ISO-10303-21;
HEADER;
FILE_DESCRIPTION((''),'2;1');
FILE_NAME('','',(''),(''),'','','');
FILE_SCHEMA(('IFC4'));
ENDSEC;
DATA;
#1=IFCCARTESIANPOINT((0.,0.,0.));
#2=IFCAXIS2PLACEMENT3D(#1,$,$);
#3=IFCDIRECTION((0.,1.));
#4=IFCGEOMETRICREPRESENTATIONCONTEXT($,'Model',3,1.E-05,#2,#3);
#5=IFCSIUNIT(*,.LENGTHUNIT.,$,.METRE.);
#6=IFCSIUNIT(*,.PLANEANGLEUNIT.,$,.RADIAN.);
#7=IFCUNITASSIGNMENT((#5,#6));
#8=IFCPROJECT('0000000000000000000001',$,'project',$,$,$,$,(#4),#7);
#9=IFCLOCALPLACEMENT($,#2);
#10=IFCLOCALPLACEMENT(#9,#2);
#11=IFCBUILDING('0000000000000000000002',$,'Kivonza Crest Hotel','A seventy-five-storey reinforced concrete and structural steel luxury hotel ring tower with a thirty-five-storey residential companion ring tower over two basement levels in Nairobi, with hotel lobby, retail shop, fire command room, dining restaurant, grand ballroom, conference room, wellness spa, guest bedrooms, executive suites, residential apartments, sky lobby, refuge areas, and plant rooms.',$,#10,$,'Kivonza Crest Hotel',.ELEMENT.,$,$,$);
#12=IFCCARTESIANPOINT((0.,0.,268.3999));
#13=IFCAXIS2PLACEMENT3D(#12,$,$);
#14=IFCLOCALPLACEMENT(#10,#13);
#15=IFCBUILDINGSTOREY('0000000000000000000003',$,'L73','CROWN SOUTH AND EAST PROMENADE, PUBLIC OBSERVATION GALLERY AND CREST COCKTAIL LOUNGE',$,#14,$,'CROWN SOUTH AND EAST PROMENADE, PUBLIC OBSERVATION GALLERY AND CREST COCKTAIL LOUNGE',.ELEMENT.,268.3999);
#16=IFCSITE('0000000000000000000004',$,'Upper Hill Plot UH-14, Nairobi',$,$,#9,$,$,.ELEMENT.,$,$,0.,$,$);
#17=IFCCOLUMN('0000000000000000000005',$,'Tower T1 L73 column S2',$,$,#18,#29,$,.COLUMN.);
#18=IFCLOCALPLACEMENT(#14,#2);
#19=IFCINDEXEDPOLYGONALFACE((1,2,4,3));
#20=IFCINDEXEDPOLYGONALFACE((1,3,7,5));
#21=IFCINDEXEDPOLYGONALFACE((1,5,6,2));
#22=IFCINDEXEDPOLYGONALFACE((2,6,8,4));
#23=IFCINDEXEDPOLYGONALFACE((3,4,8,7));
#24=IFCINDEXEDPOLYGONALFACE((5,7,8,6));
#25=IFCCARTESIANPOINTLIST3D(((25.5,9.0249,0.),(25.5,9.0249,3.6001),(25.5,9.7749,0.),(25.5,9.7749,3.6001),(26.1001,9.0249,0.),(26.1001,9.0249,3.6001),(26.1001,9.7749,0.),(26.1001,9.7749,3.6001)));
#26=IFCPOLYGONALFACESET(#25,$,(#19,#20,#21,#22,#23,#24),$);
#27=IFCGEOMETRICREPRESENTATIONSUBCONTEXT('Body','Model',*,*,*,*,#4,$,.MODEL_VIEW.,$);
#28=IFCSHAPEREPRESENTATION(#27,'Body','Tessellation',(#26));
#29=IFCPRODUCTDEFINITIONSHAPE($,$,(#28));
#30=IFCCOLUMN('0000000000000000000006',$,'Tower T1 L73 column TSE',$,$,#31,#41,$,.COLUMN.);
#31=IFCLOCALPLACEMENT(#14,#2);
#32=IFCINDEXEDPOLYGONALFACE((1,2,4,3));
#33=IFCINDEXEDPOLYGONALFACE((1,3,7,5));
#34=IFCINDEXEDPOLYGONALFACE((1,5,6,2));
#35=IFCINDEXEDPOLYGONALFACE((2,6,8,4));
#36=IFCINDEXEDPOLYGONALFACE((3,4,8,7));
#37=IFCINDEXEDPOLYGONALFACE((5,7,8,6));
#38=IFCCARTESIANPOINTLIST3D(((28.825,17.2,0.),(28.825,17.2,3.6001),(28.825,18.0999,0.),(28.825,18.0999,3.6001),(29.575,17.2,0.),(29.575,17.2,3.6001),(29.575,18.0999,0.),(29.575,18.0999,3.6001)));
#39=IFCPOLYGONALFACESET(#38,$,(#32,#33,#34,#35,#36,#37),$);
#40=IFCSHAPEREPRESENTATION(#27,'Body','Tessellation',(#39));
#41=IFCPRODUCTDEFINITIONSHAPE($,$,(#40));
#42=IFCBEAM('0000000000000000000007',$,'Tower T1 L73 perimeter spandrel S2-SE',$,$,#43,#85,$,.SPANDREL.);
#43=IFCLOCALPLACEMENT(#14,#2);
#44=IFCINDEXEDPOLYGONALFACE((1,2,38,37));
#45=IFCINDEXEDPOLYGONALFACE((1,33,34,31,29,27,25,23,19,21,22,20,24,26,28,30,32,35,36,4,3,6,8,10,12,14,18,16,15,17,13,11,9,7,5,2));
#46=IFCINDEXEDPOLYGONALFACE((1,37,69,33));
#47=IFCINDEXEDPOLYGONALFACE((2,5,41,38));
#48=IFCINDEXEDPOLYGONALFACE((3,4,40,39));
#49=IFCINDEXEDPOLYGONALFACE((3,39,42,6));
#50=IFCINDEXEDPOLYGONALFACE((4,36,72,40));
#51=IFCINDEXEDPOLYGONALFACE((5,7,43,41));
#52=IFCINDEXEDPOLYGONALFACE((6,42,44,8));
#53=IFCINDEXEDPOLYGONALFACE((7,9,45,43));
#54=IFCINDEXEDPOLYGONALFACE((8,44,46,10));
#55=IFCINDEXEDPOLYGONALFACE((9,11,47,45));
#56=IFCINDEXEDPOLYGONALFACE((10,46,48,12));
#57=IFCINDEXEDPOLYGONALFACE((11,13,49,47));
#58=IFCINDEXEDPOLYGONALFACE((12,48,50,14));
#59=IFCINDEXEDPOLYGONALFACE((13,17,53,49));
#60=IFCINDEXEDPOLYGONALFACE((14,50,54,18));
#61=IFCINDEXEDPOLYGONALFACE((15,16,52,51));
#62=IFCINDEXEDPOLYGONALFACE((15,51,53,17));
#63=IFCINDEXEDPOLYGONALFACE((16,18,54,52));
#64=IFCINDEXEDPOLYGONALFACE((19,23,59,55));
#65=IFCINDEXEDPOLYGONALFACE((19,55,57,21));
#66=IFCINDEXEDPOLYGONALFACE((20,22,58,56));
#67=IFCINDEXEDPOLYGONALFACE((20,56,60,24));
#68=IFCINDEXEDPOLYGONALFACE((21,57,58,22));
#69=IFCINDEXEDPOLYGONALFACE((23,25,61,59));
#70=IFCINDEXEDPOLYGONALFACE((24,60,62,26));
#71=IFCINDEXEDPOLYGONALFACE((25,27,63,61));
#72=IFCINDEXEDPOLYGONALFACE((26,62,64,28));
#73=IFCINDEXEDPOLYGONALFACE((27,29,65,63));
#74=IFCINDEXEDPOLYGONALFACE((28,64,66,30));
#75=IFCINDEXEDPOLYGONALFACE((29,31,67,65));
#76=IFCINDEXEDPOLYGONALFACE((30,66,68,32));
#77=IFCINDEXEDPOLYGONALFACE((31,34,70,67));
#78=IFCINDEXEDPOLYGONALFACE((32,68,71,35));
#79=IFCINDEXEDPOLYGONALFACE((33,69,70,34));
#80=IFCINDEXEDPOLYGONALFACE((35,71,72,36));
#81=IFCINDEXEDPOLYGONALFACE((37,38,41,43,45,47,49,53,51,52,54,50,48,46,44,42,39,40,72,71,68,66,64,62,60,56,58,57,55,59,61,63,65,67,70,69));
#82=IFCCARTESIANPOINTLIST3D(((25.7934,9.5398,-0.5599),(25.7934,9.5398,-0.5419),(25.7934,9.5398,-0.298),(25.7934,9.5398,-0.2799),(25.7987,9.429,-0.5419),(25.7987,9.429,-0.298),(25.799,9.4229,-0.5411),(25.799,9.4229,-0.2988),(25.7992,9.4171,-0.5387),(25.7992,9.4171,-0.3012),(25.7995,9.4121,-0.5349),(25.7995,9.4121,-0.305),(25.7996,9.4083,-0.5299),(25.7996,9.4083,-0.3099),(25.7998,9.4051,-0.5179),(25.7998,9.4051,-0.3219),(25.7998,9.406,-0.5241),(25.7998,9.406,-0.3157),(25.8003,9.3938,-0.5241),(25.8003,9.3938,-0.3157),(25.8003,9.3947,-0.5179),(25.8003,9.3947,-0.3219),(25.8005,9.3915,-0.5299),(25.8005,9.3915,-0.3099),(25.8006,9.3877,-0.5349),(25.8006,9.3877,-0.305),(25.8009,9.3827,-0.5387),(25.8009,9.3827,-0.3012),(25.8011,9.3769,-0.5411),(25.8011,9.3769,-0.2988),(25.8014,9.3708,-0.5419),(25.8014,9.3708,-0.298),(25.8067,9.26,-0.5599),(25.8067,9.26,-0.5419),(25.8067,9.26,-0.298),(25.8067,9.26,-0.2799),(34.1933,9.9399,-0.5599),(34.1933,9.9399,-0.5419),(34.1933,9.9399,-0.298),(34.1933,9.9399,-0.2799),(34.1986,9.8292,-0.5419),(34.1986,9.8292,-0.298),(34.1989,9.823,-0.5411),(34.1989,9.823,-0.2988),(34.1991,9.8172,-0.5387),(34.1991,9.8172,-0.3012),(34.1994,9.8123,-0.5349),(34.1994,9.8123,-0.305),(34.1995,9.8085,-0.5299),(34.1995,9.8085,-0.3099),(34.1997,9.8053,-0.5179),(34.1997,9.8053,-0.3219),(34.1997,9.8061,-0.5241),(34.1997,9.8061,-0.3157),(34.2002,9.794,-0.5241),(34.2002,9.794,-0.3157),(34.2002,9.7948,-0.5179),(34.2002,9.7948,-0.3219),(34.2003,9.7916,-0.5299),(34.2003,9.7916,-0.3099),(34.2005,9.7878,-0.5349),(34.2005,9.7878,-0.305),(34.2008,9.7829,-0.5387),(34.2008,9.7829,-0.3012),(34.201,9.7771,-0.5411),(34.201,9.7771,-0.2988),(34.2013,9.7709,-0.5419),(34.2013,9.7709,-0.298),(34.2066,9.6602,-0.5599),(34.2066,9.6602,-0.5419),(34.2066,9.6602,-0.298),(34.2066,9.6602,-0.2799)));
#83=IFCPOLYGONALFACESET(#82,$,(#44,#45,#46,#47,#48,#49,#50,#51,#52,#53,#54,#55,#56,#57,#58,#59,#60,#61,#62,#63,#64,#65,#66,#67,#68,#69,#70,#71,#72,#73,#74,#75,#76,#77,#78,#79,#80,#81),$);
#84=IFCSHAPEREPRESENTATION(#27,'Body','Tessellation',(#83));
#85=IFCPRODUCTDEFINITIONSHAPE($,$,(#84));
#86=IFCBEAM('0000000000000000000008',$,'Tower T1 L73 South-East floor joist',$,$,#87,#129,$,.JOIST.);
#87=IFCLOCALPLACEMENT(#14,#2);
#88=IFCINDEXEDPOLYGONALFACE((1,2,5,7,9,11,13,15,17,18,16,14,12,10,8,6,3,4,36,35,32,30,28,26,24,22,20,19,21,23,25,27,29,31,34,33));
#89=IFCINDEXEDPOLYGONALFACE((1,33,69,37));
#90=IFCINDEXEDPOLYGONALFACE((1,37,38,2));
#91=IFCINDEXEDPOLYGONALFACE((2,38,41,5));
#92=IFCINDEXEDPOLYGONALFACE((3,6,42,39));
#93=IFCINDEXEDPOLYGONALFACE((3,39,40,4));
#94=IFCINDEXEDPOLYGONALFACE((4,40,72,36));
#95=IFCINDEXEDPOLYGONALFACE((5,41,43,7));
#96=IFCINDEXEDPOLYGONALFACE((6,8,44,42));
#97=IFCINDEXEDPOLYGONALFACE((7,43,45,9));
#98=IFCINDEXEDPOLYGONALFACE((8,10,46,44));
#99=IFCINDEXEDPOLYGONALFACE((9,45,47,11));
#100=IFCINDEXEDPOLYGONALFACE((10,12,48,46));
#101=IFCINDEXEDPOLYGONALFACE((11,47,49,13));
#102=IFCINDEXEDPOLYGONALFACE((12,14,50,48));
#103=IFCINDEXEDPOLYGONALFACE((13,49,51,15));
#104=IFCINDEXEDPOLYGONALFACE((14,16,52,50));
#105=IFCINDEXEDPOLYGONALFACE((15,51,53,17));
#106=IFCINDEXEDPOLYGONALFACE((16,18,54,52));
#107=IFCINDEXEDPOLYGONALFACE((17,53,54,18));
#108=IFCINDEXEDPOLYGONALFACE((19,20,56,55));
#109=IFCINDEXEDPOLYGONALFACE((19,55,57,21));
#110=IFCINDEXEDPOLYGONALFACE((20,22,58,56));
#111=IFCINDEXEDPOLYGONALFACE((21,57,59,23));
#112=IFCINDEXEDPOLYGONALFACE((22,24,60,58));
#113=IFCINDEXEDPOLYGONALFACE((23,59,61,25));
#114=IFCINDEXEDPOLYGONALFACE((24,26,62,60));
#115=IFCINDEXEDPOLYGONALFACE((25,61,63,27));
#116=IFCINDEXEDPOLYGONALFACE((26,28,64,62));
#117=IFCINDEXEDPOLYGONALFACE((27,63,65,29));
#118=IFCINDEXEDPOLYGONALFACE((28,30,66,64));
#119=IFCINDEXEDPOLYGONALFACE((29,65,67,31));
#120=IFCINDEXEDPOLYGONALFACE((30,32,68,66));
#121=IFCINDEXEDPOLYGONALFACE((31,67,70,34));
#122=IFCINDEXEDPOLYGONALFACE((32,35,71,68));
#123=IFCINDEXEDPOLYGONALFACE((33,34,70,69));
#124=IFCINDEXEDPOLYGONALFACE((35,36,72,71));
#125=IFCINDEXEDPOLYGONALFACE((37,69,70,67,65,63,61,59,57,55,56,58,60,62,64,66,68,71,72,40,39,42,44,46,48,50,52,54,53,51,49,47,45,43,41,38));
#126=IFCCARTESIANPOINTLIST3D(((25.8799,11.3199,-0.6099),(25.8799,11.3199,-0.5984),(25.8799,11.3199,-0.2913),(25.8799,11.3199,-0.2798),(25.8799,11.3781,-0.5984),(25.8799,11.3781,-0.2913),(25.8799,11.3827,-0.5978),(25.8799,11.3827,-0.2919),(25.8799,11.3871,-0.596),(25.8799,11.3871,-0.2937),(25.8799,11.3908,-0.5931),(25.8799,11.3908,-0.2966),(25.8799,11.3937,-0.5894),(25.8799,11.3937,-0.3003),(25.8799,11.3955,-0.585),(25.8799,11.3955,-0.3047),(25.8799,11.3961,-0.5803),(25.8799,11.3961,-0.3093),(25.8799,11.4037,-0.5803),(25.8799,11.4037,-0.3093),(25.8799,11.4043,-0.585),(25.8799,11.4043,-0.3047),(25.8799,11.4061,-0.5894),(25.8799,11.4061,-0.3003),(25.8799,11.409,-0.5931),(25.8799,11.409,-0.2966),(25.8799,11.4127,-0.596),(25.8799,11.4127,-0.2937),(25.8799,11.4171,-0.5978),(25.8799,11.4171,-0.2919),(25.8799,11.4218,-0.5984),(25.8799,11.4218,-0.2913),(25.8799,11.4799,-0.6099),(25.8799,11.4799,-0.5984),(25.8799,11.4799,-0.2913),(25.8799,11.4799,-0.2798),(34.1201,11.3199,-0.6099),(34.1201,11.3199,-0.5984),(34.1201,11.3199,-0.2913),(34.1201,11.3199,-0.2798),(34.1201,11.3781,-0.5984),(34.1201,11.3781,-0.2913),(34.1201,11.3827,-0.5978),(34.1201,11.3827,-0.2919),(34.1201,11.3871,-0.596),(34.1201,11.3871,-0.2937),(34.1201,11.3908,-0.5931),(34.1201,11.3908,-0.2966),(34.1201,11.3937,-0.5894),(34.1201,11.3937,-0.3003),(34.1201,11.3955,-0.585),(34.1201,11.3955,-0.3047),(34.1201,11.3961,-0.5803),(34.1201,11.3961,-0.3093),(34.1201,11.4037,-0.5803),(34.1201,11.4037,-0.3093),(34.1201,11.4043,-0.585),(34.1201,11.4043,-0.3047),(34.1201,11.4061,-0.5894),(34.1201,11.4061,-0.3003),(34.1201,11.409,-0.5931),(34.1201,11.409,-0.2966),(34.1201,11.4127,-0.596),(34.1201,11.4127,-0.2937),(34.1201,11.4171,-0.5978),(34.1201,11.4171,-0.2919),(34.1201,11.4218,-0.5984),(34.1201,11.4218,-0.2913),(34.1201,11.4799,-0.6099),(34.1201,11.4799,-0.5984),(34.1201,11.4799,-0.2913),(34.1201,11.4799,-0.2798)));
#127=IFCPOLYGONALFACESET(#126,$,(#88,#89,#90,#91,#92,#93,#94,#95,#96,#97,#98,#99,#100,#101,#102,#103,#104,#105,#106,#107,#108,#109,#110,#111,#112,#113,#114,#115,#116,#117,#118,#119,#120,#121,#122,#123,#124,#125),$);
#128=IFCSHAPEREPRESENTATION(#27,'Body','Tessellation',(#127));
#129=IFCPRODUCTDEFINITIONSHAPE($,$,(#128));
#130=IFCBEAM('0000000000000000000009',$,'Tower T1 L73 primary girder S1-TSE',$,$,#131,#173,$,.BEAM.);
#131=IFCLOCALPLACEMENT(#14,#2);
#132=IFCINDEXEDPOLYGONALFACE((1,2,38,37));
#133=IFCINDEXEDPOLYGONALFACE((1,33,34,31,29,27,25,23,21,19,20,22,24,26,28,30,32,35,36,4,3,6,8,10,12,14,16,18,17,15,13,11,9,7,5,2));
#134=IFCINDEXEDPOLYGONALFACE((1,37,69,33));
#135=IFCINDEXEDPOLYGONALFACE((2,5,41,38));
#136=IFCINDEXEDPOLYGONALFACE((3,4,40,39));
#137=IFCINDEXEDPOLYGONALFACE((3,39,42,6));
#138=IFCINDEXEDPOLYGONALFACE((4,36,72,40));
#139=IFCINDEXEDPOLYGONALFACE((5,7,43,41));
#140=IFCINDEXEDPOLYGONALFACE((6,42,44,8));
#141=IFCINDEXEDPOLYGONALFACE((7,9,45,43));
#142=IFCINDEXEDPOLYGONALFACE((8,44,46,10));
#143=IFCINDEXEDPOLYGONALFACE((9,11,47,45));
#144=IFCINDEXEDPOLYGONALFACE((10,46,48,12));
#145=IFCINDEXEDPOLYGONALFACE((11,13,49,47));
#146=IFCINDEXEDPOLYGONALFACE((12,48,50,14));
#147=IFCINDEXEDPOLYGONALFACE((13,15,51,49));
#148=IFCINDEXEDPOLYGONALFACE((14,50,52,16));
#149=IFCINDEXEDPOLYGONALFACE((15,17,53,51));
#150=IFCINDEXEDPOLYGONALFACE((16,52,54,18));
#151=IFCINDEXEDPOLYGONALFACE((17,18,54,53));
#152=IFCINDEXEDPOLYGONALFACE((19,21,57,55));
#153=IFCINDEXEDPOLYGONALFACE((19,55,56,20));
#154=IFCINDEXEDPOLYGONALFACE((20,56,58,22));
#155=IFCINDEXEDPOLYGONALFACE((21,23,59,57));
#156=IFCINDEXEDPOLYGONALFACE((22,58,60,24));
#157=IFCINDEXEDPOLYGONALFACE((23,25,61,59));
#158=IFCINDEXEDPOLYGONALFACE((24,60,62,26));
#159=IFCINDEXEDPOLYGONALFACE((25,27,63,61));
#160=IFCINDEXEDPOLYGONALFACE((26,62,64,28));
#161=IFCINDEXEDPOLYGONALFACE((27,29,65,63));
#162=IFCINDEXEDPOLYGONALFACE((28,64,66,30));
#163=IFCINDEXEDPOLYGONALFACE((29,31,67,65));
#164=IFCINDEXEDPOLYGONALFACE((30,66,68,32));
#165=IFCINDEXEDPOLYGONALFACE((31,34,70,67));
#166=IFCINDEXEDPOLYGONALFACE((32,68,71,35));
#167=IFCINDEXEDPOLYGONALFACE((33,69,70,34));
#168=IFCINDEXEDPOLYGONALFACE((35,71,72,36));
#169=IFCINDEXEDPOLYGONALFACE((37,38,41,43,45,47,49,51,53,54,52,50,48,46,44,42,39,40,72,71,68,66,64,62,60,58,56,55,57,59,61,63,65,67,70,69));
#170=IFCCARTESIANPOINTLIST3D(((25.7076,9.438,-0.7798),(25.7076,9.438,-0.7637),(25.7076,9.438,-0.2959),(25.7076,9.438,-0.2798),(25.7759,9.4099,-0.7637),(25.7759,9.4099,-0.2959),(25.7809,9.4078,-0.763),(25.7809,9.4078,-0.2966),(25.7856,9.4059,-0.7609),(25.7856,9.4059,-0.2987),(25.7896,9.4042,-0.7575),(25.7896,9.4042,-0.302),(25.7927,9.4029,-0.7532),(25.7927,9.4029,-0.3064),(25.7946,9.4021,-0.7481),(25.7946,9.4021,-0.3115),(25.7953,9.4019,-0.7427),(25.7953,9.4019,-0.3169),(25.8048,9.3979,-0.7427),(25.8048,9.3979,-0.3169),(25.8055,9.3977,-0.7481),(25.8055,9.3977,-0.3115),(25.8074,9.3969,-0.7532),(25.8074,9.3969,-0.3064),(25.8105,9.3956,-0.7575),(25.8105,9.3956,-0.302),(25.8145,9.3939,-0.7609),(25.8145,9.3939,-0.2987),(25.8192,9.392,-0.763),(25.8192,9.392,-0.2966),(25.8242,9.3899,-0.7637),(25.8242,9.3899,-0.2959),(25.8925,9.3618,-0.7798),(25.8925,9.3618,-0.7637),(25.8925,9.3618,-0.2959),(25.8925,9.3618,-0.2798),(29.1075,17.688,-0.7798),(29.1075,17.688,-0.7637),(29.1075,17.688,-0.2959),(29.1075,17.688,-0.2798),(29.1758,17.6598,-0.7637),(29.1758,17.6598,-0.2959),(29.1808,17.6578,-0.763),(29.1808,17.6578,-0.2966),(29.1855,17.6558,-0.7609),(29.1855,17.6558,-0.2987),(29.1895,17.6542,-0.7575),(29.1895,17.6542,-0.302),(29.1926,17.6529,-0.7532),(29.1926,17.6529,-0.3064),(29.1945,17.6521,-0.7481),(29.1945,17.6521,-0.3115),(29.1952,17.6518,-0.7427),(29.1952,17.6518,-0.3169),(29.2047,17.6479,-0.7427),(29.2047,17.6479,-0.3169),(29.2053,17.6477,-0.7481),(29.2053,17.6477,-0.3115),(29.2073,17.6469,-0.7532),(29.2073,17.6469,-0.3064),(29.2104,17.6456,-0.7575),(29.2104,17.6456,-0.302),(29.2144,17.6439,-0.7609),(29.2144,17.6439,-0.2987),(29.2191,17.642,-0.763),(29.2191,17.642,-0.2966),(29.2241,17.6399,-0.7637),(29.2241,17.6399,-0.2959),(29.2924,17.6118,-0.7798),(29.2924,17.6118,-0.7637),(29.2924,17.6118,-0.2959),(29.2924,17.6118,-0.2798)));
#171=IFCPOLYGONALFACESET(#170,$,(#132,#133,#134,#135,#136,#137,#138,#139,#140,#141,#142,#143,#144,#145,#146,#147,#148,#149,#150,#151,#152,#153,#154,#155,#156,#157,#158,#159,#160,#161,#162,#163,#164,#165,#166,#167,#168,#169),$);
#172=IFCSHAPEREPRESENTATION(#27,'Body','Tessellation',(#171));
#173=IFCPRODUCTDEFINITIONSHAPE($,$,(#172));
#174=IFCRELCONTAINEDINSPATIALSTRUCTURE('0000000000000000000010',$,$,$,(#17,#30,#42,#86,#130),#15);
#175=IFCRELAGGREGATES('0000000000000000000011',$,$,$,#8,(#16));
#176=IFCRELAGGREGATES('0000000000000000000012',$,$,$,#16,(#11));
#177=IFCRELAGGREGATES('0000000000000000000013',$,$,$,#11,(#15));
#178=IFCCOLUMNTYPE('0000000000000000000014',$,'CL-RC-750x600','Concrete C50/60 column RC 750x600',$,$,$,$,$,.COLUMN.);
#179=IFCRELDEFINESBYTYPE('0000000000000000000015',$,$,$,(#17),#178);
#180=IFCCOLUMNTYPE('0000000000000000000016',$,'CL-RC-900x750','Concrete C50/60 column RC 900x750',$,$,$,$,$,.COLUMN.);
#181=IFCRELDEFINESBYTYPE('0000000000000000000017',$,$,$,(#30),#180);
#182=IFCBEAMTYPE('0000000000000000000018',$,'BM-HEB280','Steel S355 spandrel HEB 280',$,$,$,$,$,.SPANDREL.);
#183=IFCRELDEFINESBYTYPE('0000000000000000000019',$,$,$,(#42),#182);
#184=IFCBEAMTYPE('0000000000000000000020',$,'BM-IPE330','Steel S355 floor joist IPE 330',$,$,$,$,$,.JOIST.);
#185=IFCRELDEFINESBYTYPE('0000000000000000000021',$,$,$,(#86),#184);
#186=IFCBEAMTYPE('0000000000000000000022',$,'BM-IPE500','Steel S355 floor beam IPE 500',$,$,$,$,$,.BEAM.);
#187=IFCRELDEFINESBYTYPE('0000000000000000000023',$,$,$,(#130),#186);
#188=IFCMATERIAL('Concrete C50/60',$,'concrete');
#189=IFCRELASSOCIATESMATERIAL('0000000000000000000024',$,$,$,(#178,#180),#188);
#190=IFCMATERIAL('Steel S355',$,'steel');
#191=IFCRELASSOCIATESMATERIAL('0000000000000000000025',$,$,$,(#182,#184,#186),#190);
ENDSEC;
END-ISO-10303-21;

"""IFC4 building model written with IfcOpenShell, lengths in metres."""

from ifc_helpers import new_model, si_unit, direction, frame, origin, origin_2d, place, context, subcontext, project, spatial, rectangle, i_section, extrude, material, material_profile, profile_set, type_object, element, save


model = new_model("IFC4")

# Units and contexts
model_context = context("Model", 3, precision=1e-05, world=origin(), true_north=direction((0.0, 1.0)))
body_context = subcontext(model_context, "Body", "Model", "MODEL_VIEW")
ifc_project = project(units=[si_unit("LENGTHUNIT", "METRE"), si_unit("PLANEANGLEUNIT", "RADIAN")], contexts=[model_context])

# Site, building, storey
site_placement = place(None, origin())
site = spatial("IfcSite", under=ifc_project, at=site_placement, Name="Upper Hill Plot UH-14, Nairobi", CompositionType="ELEMENT", RefElevation=0.0)
building_placement = place(site_placement, origin())
building = spatial("IfcBuilding", under=site, at=building_placement, Name="Kivonza Crest Hotel", Description="A seventy-five-storey reinforced concrete and structural steel luxury hotel ring tower with a thirty-five-storey residential companion ring tower over two basement levels in Nairobi, with hotel lobby, retail shop, fire command room, dining restaurant, grand ballroom, conference room, wellness spa, guest bedrooms, executive suites, residential apartments, sky lobby, refuge areas, and plant rooms.", LongName="Kivonza Crest Hotel", CompositionType="ELEMENT")
storey_placement = place(building_placement, frame((0.0, 0.0, 268.3999)))
storey = spatial("IfcBuildingStorey", under=building, at=storey_placement, Name="L73", Description="CROWN SOUTH AND EAST PROMENADE, PUBLIC OBSERVATION GALLERY AND CREST COCKTAIL LOUNGE", LongName="CROWN SOUTH AND EAST PROMENADE, PUBLIC OBSERVATION GALLERY AND CREST COCKTAIL LOUNGE", CompositionType="ELEMENT", Elevation=268.3999)

# Columns
ifc_material_1 = material(Name="Concrete C50/60", Category="concrete")
ifc_material_profile_1 = material_profile(ifc_material_1, rectangle(XDim=0.6001, YDim=0.75, at=origin_2d()), Name="RC 750x600")
ifc_profile_set_1 = profile_set([ifc_material_profile_1], Name="Concrete C50/60")
column_type_1 = type_object("IfcColumnType", Name="CL-RC-750x600", Description="Concrete C50/60 column RC 750x600", PredefinedType="COLUMN", material=ifc_profile_set_1)
column_1_placement = place(storey_placement, frame((25.8, 9.3999, 0.0), z_axis=(0.0, 0.0, 1.0), x_axis=(1.0, 0.0, 0.0)))
element("IfcColumn", 1, at=column_1_placement, inside=storey, type_object=column_type_1, Name="Tower T1 L73 column S2", PredefinedType="COLUMN", context=body_context, shape_type="SweptSolid", body=[
    extrude(rectangle(XDim=0.6001, YDim=0.75, at=origin_2d()), origin(), (0.0, 0.0, 1.0), 3.6001),
])
ifc_material_profile_2 = material_profile(ifc_material_1, rectangle(XDim=0.75, YDim=0.8999, at=origin_2d()), Name="RC 900x750")
ifc_profile_set_2 = profile_set([ifc_material_profile_2], Name="Concrete C50/60")
column_type_2 = type_object("IfcColumnType", Name="CL-RC-900x750", Description="Concrete C50/60 column RC 900x750", PredefinedType="COLUMN", material=ifc_profile_set_2)
column_2_placement = place(storey_placement, frame((29.2, 17.6499, 0.0), z_axis=(0.0, 0.0, 1.0), x_axis=(1.0, 0.0, 0.0)))
element("IfcColumn", 2, at=column_2_placement, inside=storey, type_object=column_type_2, Name="Tower T1 L73 column TSE", PredefinedType="COLUMN", context=body_context, shape_type="SweptSolid", body=[
    extrude(rectangle(XDim=0.75, YDim=0.8999, at=origin_2d()), origin(), (0.0, 0.0, 1.0), 3.6001),
])

# Beams
ifc_material_2 = material(Name="Steel S355", Category="steel")
ifc_material_profile_3 = material_profile(ifc_material_2, i_section(OverallWidth=0.28, OverallDepth=0.28, WebThickness=0.0105, FlangeThickness=0.0181, FilletRadius=0.0239, at=origin_2d()), Name="HEB 280")
ifc_profile_set_3 = profile_set([ifc_material_profile_3], Name="Steel S355")
beam_type_1 = type_object("IfcBeamType", Name="BM-HEB280", Description="Steel S355 spandrel HEB 280", PredefinedType="SPANDREL", material=ifc_profile_set_3)
beam_1_placement = place(storey_placement, frame((25.8, 9.3999, -0.4199), z_axis=(0.998867, 0.047583, 0.0), x_axis=(-0.047583, 0.998867, 0.0)))
element("IfcBeam", 3, at=beam_1_placement, inside=storey, type_object=beam_type_1, Name="Tower T1 L73 perimeter spandrel S2-SE", PredefinedType="SPANDREL", context=body_context, shape_type="SweptSolid", body=[
    extrude(i_section(OverallWidth=0.28, OverallDepth=0.28, WebThickness=0.0105, FlangeThickness=0.0181, FilletRadius=0.0239, at=origin_2d()), origin(), (0.0, 0.0, 1.0), 8.4094),
])
ifc_material_profile_4 = material_profile(ifc_material_2, i_section(OverallWidth=0.1599, OverallDepth=0.3301, WebThickness=0.0076, FlangeThickness=0.0115, FilletRadius=0.0181, at=origin_2d()), Name="IPE 330")
ifc_profile_set_4 = profile_set([ifc_material_profile_4], Name="Steel S355")
beam_type_2 = type_object("IfcBeamType", Name="BM-IPE330", Description="Steel S355 floor joist IPE 330", PredefinedType="JOIST", material=ifc_profile_set_4)
beam_2_placement = place(storey_placement, frame((25.8799, 11.3999, -0.4448), z_axis=(1.0, 0.0, 0.0), x_axis=(0.0, 1.0, 0.0)))
element("IfcBeam", 4, at=beam_2_placement, inside=storey, type_object=beam_type_2, Name="Tower T1 L73 South-East floor joist", PredefinedType="JOIST", context=body_context, shape_type="SweptSolid", body=[
    extrude(i_section(OverallWidth=0.1599, OverallDepth=0.3301, WebThickness=0.0076, FlangeThickness=0.0115, FilletRadius=0.0181, at=origin_2d()), origin(), (0.0, 0.0, 1.0), 8.2402),
])
ifc_material_profile_5 = material_profile(ifc_material_2, i_section(OverallWidth=0.2, OverallDepth=0.5, WebThickness=0.0103, FlangeThickness=0.0161, FilletRadius=0.021, at=origin_2d()), Name="IPE 500")
ifc_profile_set_5 = profile_set([ifc_material_profile_5], Name="Steel S355")
beam_type_3 = type_object("IfcBeamType", Name="BM-IPE500", Description="Steel S355 floor beam IPE 500", PredefinedType="BEAM", material=ifc_profile_set_5)
beam_3_placement = place(storey_placement, frame((25.8, 9.3999, -0.5298), z_axis=(0.381022, 0.924566, 0.0), x_axis=(-0.924566, 0.381022, 0.0)))
element("IfcBeam", 5, at=beam_3_placement, inside=storey, type_object=beam_type_3, Name="Tower T1 L73 primary girder S1-TSE", PredefinedType="BEAM", context=body_context, shape_type="SweptSolid", body=[
    extrude(i_section(OverallWidth=0.2, OverallDepth=0.5, WebThickness=0.0103, FlangeThickness=0.0161, FilletRadius=0.021, at=origin_2d()), origin(), (0.0, 0.0, 1.0), 8.9231),
])

save(model, "model.ifc")
